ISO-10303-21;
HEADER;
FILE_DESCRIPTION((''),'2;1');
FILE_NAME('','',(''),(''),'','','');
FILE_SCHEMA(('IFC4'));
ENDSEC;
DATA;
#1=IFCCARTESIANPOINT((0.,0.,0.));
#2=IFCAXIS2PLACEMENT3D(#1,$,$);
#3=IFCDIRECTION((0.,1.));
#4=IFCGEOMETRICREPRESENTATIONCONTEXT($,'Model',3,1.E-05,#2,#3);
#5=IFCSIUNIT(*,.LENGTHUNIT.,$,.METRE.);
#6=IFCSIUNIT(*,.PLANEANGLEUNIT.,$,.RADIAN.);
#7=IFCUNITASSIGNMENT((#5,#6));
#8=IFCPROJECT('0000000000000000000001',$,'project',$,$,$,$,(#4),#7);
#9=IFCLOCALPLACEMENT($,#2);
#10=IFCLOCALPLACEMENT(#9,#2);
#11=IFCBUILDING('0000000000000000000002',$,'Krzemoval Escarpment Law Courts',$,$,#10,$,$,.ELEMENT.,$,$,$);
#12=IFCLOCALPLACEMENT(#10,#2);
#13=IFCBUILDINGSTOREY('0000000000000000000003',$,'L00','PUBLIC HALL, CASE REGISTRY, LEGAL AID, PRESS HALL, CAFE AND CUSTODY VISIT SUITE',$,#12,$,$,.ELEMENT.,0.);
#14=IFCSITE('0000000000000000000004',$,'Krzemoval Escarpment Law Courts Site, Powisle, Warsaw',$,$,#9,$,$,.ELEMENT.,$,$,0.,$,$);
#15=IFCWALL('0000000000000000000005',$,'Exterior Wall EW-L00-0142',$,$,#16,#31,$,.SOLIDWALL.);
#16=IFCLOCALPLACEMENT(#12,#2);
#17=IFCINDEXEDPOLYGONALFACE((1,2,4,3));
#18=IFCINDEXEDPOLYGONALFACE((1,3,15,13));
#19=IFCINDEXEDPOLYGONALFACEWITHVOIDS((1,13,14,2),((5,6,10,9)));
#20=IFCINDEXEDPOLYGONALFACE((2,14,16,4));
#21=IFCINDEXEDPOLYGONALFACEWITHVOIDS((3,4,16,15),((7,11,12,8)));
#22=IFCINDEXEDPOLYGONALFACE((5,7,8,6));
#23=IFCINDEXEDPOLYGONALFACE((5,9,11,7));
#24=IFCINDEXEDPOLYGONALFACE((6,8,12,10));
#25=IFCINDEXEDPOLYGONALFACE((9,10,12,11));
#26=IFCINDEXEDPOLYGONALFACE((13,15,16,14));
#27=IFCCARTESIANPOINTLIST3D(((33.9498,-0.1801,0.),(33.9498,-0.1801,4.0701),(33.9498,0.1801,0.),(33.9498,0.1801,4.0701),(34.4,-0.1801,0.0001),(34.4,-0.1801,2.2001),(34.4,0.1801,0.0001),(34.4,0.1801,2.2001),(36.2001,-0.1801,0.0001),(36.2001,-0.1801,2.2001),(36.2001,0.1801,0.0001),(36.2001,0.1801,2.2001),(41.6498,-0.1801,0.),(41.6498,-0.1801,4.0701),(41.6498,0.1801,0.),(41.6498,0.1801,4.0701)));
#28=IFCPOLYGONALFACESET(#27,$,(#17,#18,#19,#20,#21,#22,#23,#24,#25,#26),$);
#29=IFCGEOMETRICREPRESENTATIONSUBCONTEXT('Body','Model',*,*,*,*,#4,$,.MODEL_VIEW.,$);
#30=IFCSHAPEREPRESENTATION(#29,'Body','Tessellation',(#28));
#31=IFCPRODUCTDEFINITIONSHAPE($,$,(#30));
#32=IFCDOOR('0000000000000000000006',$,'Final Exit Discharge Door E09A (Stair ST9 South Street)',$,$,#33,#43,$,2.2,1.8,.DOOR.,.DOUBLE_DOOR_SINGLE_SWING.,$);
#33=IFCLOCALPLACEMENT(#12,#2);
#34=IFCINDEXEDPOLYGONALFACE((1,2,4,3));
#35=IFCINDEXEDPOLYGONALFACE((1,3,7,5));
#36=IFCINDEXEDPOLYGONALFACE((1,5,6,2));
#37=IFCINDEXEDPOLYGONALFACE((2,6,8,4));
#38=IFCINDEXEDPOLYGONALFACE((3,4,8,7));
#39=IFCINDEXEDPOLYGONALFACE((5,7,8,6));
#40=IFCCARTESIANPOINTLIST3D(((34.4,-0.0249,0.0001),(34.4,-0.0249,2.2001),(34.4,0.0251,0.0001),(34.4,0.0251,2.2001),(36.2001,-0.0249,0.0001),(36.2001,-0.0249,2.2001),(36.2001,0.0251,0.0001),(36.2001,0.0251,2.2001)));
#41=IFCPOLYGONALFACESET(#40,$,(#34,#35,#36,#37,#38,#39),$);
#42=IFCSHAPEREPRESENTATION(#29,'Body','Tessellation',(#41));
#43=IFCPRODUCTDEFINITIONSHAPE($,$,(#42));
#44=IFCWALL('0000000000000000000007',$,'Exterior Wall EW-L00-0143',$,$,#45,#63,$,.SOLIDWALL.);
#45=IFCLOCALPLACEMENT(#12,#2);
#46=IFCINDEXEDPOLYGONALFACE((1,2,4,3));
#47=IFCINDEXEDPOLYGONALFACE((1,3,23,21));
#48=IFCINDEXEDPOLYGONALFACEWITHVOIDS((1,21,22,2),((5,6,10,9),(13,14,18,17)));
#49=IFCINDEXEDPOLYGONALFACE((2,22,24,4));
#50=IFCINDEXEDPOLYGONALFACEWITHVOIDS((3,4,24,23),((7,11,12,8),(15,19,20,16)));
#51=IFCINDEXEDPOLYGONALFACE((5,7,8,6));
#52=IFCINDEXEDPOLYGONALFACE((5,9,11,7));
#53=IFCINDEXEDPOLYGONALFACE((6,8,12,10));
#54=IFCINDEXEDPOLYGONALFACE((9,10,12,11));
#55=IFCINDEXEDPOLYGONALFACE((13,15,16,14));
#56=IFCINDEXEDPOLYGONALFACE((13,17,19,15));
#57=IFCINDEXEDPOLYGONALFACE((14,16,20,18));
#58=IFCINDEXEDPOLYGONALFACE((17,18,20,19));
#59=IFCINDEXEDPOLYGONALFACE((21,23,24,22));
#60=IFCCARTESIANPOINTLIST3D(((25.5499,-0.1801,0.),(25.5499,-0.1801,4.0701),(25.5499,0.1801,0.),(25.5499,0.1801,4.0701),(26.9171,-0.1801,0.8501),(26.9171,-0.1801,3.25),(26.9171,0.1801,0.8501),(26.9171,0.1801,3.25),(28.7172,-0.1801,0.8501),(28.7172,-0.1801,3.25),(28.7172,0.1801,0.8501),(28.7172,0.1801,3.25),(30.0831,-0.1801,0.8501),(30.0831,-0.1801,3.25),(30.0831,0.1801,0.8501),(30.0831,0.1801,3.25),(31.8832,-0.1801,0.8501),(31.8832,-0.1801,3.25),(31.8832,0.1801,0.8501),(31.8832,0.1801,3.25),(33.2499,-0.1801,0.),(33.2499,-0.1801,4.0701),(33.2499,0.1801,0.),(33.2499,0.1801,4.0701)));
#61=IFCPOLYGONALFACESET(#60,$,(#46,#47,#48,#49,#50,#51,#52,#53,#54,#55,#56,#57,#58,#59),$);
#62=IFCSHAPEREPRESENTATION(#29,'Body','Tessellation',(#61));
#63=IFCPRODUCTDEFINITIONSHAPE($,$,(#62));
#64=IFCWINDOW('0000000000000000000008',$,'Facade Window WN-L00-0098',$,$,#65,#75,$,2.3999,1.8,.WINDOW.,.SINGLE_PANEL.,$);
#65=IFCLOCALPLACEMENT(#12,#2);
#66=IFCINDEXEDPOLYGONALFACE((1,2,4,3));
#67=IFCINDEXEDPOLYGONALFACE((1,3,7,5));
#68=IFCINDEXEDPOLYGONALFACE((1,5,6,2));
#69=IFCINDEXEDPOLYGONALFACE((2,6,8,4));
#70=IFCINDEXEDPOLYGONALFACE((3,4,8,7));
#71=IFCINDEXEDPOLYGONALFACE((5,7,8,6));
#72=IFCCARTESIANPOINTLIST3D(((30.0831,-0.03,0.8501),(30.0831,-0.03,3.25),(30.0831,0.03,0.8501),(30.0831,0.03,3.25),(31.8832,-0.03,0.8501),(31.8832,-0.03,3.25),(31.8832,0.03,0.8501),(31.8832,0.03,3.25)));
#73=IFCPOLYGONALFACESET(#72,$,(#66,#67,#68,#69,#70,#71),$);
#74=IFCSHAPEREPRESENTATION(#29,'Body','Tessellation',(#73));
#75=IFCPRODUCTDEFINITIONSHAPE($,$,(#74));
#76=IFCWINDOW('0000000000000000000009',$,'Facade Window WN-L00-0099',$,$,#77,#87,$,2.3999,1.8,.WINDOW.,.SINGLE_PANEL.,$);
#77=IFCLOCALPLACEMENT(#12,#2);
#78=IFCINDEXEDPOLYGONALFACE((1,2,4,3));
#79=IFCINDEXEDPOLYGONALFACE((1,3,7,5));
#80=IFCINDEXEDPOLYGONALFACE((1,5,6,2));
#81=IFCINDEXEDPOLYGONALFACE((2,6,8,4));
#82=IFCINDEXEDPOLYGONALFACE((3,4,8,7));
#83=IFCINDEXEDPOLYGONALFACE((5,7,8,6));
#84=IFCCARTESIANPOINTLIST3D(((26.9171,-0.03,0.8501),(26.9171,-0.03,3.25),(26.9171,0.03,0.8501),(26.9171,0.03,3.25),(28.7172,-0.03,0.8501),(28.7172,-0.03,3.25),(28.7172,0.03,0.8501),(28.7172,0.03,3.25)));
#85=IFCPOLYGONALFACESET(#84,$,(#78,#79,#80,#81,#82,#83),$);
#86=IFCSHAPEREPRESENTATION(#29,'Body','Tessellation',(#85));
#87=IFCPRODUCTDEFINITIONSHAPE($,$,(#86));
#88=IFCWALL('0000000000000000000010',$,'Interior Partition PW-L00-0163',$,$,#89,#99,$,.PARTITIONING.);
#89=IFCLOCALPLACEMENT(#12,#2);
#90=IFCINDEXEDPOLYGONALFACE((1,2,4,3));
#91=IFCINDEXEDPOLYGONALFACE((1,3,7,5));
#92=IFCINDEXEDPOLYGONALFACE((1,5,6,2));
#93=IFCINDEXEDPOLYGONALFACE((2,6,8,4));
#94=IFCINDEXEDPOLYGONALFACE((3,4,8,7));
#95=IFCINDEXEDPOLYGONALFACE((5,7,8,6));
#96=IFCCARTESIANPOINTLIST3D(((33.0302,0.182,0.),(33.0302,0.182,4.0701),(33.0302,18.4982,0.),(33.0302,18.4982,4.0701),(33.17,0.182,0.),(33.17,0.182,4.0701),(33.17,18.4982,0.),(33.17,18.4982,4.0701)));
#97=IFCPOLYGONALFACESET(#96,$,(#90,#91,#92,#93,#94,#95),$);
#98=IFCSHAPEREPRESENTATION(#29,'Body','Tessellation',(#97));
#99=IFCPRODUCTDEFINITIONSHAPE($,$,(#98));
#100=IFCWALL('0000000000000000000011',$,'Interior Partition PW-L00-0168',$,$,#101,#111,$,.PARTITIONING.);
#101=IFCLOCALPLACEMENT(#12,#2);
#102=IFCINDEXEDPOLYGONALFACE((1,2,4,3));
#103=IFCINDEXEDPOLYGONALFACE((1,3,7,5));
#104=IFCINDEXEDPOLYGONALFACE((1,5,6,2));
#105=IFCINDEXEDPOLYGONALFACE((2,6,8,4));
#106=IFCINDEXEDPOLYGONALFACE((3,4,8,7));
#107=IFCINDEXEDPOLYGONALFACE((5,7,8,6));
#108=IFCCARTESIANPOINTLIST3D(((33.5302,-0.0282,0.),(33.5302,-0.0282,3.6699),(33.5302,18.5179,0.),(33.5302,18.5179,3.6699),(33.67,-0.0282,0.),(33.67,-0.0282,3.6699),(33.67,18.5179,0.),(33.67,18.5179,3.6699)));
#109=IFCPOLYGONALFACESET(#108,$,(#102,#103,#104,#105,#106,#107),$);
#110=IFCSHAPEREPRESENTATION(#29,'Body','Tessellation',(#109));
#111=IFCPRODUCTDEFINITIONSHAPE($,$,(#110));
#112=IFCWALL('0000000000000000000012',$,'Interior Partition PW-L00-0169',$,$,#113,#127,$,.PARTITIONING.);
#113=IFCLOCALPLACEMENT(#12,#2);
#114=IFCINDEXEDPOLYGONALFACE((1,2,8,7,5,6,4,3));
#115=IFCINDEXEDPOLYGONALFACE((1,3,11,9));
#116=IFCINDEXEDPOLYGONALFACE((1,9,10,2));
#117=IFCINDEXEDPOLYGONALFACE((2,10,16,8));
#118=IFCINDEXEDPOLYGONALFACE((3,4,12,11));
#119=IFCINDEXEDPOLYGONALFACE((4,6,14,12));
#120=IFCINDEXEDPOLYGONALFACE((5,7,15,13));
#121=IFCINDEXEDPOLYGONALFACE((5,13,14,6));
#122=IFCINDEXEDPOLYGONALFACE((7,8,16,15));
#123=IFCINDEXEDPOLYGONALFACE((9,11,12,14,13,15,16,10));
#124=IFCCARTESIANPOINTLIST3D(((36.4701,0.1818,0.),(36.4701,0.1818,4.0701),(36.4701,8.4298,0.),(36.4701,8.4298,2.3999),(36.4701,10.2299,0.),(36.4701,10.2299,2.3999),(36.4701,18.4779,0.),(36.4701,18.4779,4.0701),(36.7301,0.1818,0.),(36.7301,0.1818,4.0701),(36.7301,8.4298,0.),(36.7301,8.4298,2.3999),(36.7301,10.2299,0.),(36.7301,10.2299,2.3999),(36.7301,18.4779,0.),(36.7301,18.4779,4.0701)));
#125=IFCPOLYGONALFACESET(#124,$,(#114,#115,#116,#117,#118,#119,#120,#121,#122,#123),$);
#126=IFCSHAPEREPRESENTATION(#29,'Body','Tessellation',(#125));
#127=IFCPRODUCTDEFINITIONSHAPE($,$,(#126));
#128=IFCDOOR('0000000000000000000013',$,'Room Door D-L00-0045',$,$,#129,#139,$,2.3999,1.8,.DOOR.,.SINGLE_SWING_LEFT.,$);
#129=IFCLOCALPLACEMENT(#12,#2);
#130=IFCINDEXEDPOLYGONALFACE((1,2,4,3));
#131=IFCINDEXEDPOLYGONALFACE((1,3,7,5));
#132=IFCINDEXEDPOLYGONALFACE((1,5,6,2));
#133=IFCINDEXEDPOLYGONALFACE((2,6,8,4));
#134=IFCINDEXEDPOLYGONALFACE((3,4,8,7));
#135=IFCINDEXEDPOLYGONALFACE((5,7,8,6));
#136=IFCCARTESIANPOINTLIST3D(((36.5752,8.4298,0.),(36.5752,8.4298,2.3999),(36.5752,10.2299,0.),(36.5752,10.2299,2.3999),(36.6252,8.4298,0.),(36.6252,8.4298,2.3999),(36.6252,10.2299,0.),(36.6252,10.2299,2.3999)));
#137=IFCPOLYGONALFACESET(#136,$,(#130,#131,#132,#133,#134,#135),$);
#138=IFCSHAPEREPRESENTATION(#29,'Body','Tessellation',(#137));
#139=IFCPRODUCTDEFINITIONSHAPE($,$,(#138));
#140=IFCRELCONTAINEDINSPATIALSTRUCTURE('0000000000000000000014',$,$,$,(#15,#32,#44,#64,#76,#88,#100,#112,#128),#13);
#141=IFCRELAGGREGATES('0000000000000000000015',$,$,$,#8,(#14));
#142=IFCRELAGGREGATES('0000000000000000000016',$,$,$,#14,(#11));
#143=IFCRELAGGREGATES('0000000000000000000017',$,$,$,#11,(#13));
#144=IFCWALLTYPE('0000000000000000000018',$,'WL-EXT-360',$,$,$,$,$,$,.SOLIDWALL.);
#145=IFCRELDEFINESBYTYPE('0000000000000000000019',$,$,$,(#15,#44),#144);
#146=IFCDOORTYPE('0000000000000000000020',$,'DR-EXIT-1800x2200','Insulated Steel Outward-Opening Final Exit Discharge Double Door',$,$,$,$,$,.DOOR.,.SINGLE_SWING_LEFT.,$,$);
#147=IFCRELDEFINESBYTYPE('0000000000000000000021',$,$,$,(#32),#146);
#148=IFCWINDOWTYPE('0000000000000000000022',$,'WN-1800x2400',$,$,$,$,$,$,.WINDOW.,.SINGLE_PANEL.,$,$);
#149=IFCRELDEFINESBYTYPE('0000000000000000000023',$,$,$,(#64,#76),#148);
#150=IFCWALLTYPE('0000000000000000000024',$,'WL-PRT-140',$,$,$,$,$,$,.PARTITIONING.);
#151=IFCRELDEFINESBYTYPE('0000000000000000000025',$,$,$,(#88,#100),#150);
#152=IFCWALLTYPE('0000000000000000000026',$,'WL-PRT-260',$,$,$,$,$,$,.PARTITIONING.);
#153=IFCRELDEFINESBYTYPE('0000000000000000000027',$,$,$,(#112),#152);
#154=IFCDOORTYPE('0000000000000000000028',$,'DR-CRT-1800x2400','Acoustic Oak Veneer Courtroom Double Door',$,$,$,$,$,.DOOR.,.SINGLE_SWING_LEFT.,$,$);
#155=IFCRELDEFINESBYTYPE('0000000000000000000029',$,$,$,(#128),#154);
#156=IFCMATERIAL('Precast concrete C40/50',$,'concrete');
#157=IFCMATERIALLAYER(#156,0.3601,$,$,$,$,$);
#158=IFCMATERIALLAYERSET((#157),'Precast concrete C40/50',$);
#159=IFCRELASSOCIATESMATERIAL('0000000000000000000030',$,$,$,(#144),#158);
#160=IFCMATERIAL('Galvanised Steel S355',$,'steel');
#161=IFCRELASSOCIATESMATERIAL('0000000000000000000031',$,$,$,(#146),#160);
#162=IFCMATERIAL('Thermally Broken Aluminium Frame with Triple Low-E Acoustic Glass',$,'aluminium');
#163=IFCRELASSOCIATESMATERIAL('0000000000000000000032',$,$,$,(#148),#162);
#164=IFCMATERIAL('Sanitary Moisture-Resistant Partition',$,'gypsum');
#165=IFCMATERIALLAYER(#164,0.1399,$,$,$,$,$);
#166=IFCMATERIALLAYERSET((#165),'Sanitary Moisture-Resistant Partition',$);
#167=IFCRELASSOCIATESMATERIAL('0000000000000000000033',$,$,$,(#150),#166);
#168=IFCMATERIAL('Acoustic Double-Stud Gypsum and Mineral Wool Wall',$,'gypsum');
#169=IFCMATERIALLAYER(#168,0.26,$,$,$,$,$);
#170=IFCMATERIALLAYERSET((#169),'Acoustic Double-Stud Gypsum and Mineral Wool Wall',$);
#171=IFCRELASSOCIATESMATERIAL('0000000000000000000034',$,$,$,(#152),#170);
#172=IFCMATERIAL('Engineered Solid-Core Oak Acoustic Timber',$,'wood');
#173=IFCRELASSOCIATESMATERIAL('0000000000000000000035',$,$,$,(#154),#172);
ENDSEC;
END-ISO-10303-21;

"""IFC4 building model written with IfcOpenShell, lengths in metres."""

from ifc_helpers import new_model, si_unit, direction, frame, frame_2d, origin, place, context, subcontext, project, spatial, rectangle, extrude, material, layer, layer_set, type_object, element, fill, save


model = new_model("IFC4")

# Units and contexts
model_context = context("Model", 3, precision=1e-05, world=origin(), true_north=direction((0.0, 1.0)))
body_context = subcontext(model_context, "Body", "Model", "MODEL_VIEW")
ifc_project = project(units=[si_unit("LENGTHUNIT", "METRE"), si_unit("PLANEANGLEUNIT", "RADIAN")], contexts=[model_context])

# Site, building, storey
site_placement = place(None, origin())
site = spatial("IfcSite", under=ifc_project, at=site_placement, Name="Krzemoval Escarpment Law Courts Site, Powisle, Warsaw", CompositionType="ELEMENT", RefElevation=0.0)
building_placement = place(site_placement, origin())
building = spatial("IfcBuilding", under=site, at=building_placement, Name="Krzemoval Escarpment Law Courts", CompositionType="ELEMENT")
storey_placement = place(building_placement, origin())
storey = spatial("IfcBuildingStorey", under=building, at=storey_placement, Name="L00", Description="PUBLIC HALL, CASE REGISTRY, LEGAL AID, PRESS HALL, CAFE AND CUSTODY VISIT SUITE", CompositionType="ELEMENT", Elevation=0.0)

# Wall, opening, door
ifc_material_1 = material(Name="Precast concrete C40/50", Category="concrete")
ifc_layer_1 = layer(ifc_material_1, 0.3601)
ifc_layer_set_1 = layer_set([ifc_layer_1], Name="Precast concrete C40/50")
wall_type_1 = type_object("IfcWallType", Name="WL-EXT-360", PredefinedType="SOLIDWALL", material=ifc_layer_set_1)
wall_1_placement = place(storey_placement, frame((41.6499, 0.0, 0.0), z_axis=(0.0, 0.0, 1.0), x_axis=(-1.0, 0.0, 0.0)))
wall_1 = element("IfcWall", 1, at=wall_1_placement, inside=storey, type_object=wall_type_1, Name="Exterior Wall EW-L00-0142", PredefinedType="SOLIDWALL", context=body_context, shape_type="SweptSolid", body=[
    extrude(rectangle(XDim=7.7, YDim=0.3601, at=frame_2d((3.8501, 0.0))), origin(), (0.0, 0.0, 1.0), 4.0701),
])
opening_1_placement = place(wall_1_placement, frame((5.45, 0.0, 0.0)))
opening_1 = element("IfcOpeningElement", 2, at=opening_1_placement, cuts=wall_1, PredefinedType="OPENING", context=body_context, shape_type="SweptSolid", body=[
    extrude(rectangle(XDim=1.8, YDim=2.2, at=frame_2d((0.8999, 1.1001))), frame((0.0, 0.1951, 0.0), z_axis=(0.0, -1.0, 0.0), x_axis=(1.0, 0.0, 0.0)), (0.0, 0.0, 1.0), 0.3901),
])
ifc_material_2 = material(Name="Galvanised Steel S355", Category="steel")
door_type_1 = type_object("IfcDoorType", Name="DR-EXIT-1800x2200", Description="Insulated Steel Outward-Opening Final Exit Discharge Double Door", OperationType="SINGLE_SWING_LEFT", PredefinedType="DOOR", material=ifc_material_2)
door_1_placement = place(opening_1_placement, origin())
door_1 = element("IfcDoor", 3, at=door_1_placement, inside=storey, type_object=door_type_1, Name="Final Exit Discharge Door E09A (Stair ST9 South Street)", OperationType="DOUBLE_DOOR_SINGLE_SWING", OverallHeight=2.2, OverallWidth=1.8, PredefinedType="DOOR", context=body_context, shape_type="SweptSolid", body=[
    extrude(rectangle(XDim=1.8, YDim=2.2, at=frame_2d((0.8999, 1.1001))), frame((0.0, 0.0249, 0.0), z_axis=(0.0, -1.0, 0.0), x_axis=(1.0, 0.0, 0.0)), (0.0, 0.0, 1.0), 0.05),
])
fill(opening_1, door_1)

# Wall, openings, windows
wall_2_placement = place(storey_placement, frame((33.25, 0.0, 0.0), z_axis=(0.0, 0.0, 1.0), x_axis=(-1.0, 0.0, 0.0)))
wall_2 = element("IfcWall", 4, at=wall_2_placement, inside=storey, type_object=wall_type_1, Name="Exterior Wall EW-L00-0143", PredefinedType="SOLIDWALL", context=body_context, shape_type="SweptSolid", body=[
    extrude(rectangle(XDim=7.7, YDim=0.3601, at=frame_2d((3.8501, 0.0))), origin(), (0.0, 0.0, 1.0), 4.0701),
])
opening_2_placement = place(wall_2_placement, frame((1.3669, 0.0, 0.8501)))
opening_2 = element("IfcOpeningElement", 5, at=opening_2_placement, cuts=wall_2, PredefinedType="OPENING", context=body_context, shape_type="SweptSolid", body=[
    extrude(rectangle(XDim=1.8, YDim=2.3999, at=frame_2d((0.8999, 1.2))), frame((0.0, 0.1951, 0.0), z_axis=(0.0, -1.0, 0.0), x_axis=(1.0, 0.0, 0.0)), (0.0, 0.0, 1.0), 0.3901),
])
opening_3_placement = place(wall_2_placement, frame((4.533, 0.0, 0.8501)))
opening_3 = element("IfcOpeningElement", 6, at=opening_3_placement, cuts=wall_2, PredefinedType="OPENING", context=body_context, shape_type="SweptSolid", body=[
    extrude(rectangle(XDim=1.8, YDim=2.3999, at=frame_2d((0.8999, 1.2))), frame((0.0, 0.1951, 0.0), z_axis=(0.0, -1.0, 0.0), x_axis=(1.0, 0.0, 0.0)), (0.0, 0.0, 1.0), 0.3901),
])
ifc_material_3 = material(Name="Thermally Broken Aluminium Frame with Triple Low-E Acoustic Glass", Category="aluminium")
window_type = type_object("IfcWindowType", Name="WN-1800x2400", PartitioningType="SINGLE_PANEL", PredefinedType="WINDOW", material=ifc_material_3)
window_1_placement = place(opening_2_placement, origin())
window_1 = element("IfcWindow", 7, at=window_1_placement, inside=storey, type_object=window_type, Name="Facade Window WN-L00-0098", OverallHeight=2.3999, OverallWidth=1.8, PartitioningType="SINGLE_PANEL", PredefinedType="WINDOW", context=body_context, shape_type="SweptSolid", body=[
    extrude(rectangle(XDim=1.8, YDim=2.3999, at=frame_2d((0.8999, 1.2))), frame((0.0, 0.03, 0.0), z_axis=(0.0, -1.0, 0.0), x_axis=(1.0, 0.0, 0.0)), (0.0, 0.0, 1.0), 0.0601),
])
fill(opening_2, window_1)
window_2_placement = place(opening_3_placement, origin())
window_2 = element("IfcWindow", 8, at=window_2_placement, inside=storey, type_object=window_type, Name="Facade Window WN-L00-0099", OverallHeight=2.3999, OverallWidth=1.8, PartitioningType="SINGLE_PANEL", PredefinedType="WINDOW", context=body_context, shape_type="SweptSolid", body=[
    extrude(rectangle(XDim=1.8, YDim=2.3999, at=frame_2d((0.8999, 1.2))), frame((0.0, 0.03, 0.0), z_axis=(0.0, -1.0, 0.0), x_axis=(1.0, 0.0, 0.0)), (0.0, 0.0, 1.0), 0.0601),
])
fill(opening_3, window_2)

# Walls
ifc_material_4 = material(Name="Sanitary Moisture-Resistant Partition", Category="gypsum")
ifc_layer_2 = layer(ifc_material_4, 0.1399)
ifc_layer_set_2 = layer_set([ifc_layer_2], Name="Sanitary Moisture-Resistant Partition")
wall_type_2 = type_object("IfcWallType", Name="WL-PRT-140", PredefinedType="PARTITIONING", material=ifc_layer_set_2)
wall_3_placement = place(storey_placement, frame((33.1001, 0.1819, 0.0), z_axis=(0.0, 0.0, 1.0), x_axis=(0.0, 1.0, 0.0)))
element("IfcWall", 9, at=wall_3_placement, inside=storey, type_object=wall_type_2, Name="Interior Partition PW-L00-0163", PredefinedType="PARTITIONING", context=body_context, shape_type="SweptSolid", body=[
    extrude(rectangle(XDim=18.3162, YDim=0.1399, at=frame_2d((9.1582, 0.0))), origin(), (0.0, 0.0, 1.0), 4.0701),
])
wall_4_placement = place(storey_placement, frame((33.6001, -0.0281, 0.0), z_axis=(0.0, 0.0, 1.0), x_axis=(0.0, 1.0, 0.0)))
element("IfcWall", 10, at=wall_4_placement, inside=storey, type_object=wall_type_2, Name="Interior Partition PW-L00-0168", PredefinedType="PARTITIONING", context=body_context, shape_type="SweptSolid", body=[
    extrude(rectangle(XDim=18.5461, YDim=0.1399, at=frame_2d((9.2729, 0.0))), origin(), (0.0, 0.0, 1.0), 3.6699),
])

# Wall, opening, door
ifc_material_5 = material(Name="Acoustic Double-Stud Gypsum and Mineral Wool Wall", Category="gypsum")
ifc_layer_3 = layer(ifc_material_5, 0.26)
ifc_layer_set_3 = layer_set([ifc_layer_3], Name="Acoustic Double-Stud Gypsum and Mineral Wool Wall")
wall_type_3 = type_object("IfcWallType", Name="WL-PRT-260", PredefinedType="PARTITIONING", material=ifc_layer_set_3)
wall_5_placement = place(storey_placement, frame((36.6001, 0.1819, 0.0), z_axis=(0.0, 0.0, 1.0), x_axis=(0.0, 1.0, 0.0)))
wall_5 = element("IfcWall", 11, at=wall_5_placement, inside=storey, type_object=wall_type_3, Name="Interior Partition PW-L00-0169", PredefinedType="PARTITIONING", context=body_context, shape_type="SweptSolid", body=[
    extrude(rectangle(XDim=18.2961, YDim=0.26, at=frame_2d((9.1479, 0.0))), origin(), (0.0, 0.0, 1.0), 4.0701),
])
opening_4_placement = place(wall_5_placement, frame((8.248, 0.0, 0.0)))
opening_4 = element("IfcOpeningElement", 12, at=opening_4_placement, cuts=wall_5, PredefinedType="OPENING", context=body_context, shape_type="SweptSolid", body=[
    extrude(rectangle(XDim=1.8, YDim=2.3999, at=frame_2d((0.8999, 1.2))), frame((0.0, 0.145, 0.0), z_axis=(0.0, -1.0, 0.0), x_axis=(1.0, 0.0, 0.0)), (0.0, 0.0, 1.0), 0.29),
])
ifc_material_6 = material(Name="Engineered Solid-Core Oak Acoustic Timber", Category="wood")
door_type_2 = type_object("IfcDoorType", Name="DR-CRT-1800x2400", Description="Acoustic Oak Veneer Courtroom Double Door", OperationType="SINGLE_SWING_LEFT", PredefinedType="DOOR", material=ifc_material_6)
door_2_placement = place(opening_4_placement, origin())
door_2 = element("IfcDoor", 13, at=door_2_placement, inside=storey, type_object=door_type_2, Name="Room Door D-L00-0045", OperationType="SINGLE_SWING_LEFT", OverallHeight=2.3999, OverallWidth=1.8, PredefinedType="DOOR", context=body_context, shape_type="SweptSolid", body=[
    extrude(rectangle(XDim=1.8, YDim=2.3999, at=frame_2d((0.8999, 1.2))), frame((0.0, 0.0249, 0.0), z_axis=(0.0, -1.0, 0.0), x_axis=(1.0, 0.0, 0.0)), (0.0, 0.0, 1.0), 0.05),
])
fill(opening_4, door_2)

save(model, "model.ifc")
